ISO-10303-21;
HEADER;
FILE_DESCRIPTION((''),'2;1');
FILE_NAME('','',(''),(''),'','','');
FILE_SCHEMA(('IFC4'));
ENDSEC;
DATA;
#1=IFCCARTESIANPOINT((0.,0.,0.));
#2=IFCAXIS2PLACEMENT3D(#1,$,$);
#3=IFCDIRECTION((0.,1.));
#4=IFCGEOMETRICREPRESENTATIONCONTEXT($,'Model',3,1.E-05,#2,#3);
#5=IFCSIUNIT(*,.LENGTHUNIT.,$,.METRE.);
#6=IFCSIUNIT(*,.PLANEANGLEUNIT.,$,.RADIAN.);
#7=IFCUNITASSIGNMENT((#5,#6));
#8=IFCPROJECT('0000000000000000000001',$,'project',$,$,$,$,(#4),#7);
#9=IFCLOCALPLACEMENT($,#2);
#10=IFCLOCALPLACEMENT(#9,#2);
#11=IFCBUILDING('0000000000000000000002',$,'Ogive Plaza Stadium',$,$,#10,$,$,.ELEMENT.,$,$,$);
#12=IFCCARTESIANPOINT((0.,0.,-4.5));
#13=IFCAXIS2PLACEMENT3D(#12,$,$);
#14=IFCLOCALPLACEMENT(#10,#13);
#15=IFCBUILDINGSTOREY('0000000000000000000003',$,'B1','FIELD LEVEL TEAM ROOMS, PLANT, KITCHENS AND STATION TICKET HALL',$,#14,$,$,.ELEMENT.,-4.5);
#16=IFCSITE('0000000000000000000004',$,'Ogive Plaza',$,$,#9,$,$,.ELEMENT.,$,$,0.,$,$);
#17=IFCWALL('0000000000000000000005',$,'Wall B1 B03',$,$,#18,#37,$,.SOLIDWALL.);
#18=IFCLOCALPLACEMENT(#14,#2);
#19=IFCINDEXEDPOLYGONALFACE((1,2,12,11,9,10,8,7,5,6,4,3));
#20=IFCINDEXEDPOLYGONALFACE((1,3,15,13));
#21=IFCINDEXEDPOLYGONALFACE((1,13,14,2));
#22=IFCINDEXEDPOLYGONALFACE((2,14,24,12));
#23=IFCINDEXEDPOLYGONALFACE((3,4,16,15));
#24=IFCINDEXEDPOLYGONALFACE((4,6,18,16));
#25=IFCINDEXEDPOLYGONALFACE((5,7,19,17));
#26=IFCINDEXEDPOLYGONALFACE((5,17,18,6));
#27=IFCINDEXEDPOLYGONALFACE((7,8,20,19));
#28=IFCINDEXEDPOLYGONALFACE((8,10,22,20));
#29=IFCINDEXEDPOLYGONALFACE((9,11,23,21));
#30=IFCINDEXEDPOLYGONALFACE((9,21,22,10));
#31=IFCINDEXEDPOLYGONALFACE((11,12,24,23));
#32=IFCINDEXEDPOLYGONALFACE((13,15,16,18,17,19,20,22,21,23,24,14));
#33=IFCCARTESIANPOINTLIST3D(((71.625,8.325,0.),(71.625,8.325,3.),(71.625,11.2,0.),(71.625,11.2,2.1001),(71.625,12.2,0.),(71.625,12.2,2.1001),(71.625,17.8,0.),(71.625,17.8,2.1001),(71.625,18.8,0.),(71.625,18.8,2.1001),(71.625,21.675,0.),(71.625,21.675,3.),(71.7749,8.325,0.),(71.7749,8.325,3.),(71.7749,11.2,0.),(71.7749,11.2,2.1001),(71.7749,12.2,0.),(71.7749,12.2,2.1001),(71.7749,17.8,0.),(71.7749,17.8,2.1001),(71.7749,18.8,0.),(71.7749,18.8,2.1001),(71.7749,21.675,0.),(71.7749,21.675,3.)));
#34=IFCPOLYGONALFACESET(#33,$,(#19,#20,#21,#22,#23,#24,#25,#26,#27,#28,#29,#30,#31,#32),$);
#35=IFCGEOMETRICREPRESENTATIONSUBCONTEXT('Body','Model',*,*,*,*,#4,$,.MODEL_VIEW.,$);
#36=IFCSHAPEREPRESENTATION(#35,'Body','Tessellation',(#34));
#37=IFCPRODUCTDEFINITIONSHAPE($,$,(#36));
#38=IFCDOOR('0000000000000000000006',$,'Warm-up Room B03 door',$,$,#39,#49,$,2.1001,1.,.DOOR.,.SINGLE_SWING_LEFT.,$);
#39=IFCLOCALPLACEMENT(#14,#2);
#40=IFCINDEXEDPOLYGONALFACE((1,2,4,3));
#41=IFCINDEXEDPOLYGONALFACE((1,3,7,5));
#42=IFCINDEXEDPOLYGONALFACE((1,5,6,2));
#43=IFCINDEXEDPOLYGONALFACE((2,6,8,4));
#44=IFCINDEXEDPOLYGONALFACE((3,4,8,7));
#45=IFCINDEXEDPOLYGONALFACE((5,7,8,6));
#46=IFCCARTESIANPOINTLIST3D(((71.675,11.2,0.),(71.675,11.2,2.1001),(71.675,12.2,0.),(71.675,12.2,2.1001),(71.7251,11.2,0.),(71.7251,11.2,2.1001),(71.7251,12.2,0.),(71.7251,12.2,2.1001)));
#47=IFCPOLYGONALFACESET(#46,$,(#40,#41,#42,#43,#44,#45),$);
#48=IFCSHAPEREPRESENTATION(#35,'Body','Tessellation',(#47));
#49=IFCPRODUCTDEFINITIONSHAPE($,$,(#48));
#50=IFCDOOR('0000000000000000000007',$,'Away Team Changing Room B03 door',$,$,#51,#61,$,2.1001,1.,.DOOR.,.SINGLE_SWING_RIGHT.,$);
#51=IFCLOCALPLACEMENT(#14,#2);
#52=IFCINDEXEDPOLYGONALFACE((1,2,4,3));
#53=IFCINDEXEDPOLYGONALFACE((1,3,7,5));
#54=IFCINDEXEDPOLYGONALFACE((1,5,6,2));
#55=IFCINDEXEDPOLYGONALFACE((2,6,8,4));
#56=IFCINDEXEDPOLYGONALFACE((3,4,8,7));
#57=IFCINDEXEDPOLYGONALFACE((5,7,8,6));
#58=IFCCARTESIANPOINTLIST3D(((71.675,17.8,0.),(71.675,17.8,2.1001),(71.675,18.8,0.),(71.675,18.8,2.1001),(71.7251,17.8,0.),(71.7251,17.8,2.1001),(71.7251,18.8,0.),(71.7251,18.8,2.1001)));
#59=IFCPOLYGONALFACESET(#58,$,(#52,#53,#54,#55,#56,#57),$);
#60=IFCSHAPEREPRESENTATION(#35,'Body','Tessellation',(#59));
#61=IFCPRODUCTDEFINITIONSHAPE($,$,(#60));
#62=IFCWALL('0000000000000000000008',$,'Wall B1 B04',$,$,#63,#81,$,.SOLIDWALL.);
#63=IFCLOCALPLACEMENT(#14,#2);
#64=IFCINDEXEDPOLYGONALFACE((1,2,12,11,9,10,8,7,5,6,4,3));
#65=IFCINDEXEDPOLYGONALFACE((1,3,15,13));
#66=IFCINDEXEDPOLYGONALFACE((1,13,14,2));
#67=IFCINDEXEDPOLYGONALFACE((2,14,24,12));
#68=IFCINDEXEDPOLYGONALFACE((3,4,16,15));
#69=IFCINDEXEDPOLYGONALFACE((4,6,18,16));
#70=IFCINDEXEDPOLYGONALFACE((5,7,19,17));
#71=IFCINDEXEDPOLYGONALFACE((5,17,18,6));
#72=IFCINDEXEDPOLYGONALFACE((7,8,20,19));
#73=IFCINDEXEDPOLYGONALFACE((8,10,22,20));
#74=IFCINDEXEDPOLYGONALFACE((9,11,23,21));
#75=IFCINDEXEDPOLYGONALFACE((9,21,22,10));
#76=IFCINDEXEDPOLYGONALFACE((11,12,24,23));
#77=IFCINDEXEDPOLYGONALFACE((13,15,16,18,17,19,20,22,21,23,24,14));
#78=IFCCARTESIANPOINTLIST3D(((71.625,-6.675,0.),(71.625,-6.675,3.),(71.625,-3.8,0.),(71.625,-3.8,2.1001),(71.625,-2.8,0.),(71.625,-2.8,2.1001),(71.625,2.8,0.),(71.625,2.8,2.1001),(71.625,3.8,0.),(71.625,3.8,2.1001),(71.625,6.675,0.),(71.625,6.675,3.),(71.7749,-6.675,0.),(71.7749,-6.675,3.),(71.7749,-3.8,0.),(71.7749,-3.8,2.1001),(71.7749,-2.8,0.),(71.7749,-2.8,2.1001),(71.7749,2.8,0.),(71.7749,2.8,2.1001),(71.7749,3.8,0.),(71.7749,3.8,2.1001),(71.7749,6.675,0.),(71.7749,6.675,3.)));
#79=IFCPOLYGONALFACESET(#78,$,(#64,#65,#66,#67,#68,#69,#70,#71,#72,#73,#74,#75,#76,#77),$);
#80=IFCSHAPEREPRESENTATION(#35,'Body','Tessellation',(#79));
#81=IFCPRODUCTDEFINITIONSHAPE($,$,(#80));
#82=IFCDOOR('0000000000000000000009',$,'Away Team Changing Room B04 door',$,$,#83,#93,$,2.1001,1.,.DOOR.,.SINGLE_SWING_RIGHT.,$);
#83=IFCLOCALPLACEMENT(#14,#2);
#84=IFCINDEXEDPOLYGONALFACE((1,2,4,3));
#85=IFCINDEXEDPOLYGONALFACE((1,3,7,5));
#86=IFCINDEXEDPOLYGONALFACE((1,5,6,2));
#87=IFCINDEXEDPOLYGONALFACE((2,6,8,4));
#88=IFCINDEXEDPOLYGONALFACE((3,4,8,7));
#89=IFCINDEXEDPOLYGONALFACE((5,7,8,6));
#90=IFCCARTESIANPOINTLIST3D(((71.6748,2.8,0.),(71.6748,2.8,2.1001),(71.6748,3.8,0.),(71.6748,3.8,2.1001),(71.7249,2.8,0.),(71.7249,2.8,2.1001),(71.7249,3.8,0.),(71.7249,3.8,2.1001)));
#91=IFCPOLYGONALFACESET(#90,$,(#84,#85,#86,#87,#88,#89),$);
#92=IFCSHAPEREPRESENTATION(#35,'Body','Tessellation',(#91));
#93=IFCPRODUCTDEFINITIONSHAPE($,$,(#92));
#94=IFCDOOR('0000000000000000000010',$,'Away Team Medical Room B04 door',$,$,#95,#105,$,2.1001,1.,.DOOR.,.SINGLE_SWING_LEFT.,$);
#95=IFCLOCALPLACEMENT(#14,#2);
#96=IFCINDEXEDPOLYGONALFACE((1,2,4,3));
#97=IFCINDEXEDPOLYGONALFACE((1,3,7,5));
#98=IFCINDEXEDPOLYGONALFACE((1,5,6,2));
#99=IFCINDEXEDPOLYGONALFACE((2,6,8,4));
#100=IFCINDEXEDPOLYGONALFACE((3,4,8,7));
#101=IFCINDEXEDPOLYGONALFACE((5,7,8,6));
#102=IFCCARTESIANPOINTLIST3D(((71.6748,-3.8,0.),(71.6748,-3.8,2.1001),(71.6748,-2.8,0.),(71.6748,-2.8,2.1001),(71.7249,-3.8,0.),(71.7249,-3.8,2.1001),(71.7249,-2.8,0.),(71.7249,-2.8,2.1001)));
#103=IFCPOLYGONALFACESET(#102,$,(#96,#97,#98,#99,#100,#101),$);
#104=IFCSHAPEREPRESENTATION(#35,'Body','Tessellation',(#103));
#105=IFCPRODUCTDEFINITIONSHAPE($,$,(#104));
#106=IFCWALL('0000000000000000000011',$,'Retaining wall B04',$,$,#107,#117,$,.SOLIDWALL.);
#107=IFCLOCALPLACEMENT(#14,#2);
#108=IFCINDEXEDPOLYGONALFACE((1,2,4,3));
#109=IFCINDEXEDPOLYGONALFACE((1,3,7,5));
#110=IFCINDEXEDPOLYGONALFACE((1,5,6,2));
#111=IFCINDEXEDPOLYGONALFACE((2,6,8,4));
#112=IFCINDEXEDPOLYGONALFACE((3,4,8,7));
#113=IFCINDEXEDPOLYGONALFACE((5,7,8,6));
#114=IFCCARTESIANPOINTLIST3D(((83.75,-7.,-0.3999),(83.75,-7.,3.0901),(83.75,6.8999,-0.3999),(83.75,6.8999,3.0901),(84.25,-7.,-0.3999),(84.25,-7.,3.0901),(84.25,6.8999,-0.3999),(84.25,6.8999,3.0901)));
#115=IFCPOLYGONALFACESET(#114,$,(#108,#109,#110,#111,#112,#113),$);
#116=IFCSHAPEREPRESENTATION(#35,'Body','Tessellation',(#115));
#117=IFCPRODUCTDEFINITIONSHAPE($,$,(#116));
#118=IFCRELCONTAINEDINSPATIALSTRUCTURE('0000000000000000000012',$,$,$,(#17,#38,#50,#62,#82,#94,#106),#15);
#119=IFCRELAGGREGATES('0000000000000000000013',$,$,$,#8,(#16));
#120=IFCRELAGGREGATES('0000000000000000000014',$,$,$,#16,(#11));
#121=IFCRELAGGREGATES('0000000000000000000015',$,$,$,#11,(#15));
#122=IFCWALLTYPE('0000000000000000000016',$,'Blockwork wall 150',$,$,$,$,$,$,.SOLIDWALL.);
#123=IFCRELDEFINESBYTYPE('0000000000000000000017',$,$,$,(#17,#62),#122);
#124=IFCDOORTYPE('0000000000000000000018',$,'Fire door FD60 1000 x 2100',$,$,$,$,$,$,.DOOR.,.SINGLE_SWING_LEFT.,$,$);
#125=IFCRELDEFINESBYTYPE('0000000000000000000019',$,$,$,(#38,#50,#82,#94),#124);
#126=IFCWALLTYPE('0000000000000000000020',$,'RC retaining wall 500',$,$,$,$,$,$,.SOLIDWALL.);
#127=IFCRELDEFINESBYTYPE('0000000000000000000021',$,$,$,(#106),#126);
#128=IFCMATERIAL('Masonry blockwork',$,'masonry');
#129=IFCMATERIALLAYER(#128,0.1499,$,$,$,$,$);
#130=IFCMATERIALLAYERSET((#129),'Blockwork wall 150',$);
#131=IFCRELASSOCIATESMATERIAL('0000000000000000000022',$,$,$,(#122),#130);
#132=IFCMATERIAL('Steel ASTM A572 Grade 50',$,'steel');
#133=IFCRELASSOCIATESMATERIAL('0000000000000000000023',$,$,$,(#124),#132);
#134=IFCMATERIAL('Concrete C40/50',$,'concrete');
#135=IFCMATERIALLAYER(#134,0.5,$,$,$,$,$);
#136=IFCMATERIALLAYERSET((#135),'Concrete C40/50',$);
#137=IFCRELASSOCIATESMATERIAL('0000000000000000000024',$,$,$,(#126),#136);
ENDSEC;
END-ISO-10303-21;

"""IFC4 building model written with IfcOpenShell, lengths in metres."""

from ifc_helpers import new_model, si_unit, direction, frame, frame_2d, origin, place, context, subcontext, project, spatial, rectangle, extrude, material, layer, layer_set, type_object, element, fill, save


model = new_model("IFC4")

# Units and contexts
model_context = context("Model", 3, precision=1e-05, world=origin(), true_north=direction((0.0, 1.0)))
body_context = subcontext(model_context, "Body", "Model", "MODEL_VIEW")
ifc_project = project(units=[si_unit("LENGTHUNIT", "METRE"), si_unit("PLANEANGLEUNIT", "RADIAN")], contexts=[model_context])

# Site, building, storey
site_placement = place(None, origin())
site = spatial("IfcSite", under=ifc_project, at=site_placement, Name="Ogive Plaza", CompositionType="ELEMENT", RefElevation=0.0)
building_placement = place(site_placement, origin())
building = spatial("IfcBuilding", under=site, at=building_placement, Name="Ogive Plaza Stadium", CompositionType="ELEMENT")
storey_placement = place(building_placement, frame((0.0, 0.0, -4.5)))
storey = spatial("IfcBuildingStorey", under=building, at=storey_placement, Name="B1", Description="FIELD LEVEL TEAM ROOMS, PLANT, KITCHENS AND STATION TICKET HALL", CompositionType="ELEMENT", Elevation=-4.5)

# Walls, openings, doors
ifc_material_1 = material(Name="Masonry blockwork", Category="masonry")
ifc_layer_1 = layer(ifc_material_1, 0.1499)
ifc_layer_set_1 = layer_set([ifc_layer_1], Name="Blockwork wall 150")
wall_type_1 = type_object("IfcWallType", Name="Blockwork wall 150", PredefinedType="SOLIDWALL", material=ifc_layer_set_1)
wall_1_placement = place(storey_placement, frame((71.7, 8.325, 0.0), z_axis=(0.0, 0.0, 1.0), x_axis=(0.0, 1.0, 0.0)))
wall_1 = element("IfcWall", 1, at=wall_1_placement, inside=storey, type_object=wall_type_1, Name="Wall B1 B03", PredefinedType="SOLIDWALL", context=body_context, shape_type="SweptSolid", body=[
    extrude(rectangle(XDim=13.3501, YDim=0.1499, at=frame_2d((6.675, 0.0))), origin(), (0.0, 0.0, 1.0), 3.0),
])
opening_1_placement = place(wall_1_placement, frame((2.875, 0.0, 0.0)))
opening_1 = element("IfcOpeningElement", 2, at=opening_1_placement, cuts=wall_1, PredefinedType="OPENING", context=body_context, shape_type="SweptSolid", body=[
    extrude(rectangle(XDim=1.0, YDim=2.1001, at=frame_2d((0.5, 1.05))), frame((0.0, 0.075, 0.0), z_axis=(0.0, -1.0, 0.0), x_axis=(1.0, 0.0, 0.0)), (0.0, 0.0, 1.0), 0.1499),
])
opening_2_placement = place(wall_1_placement, frame((9.4751, 0.0, 0.0)))
opening_2 = element("IfcOpeningElement", 3, at=opening_2_placement, cuts=wall_1, PredefinedType="OPENING", context=body_context, shape_type="SweptSolid", body=[
    extrude(rectangle(XDim=1.0, YDim=2.1001, at=frame_2d((0.5, 1.05))), frame((0.0, 0.075, 0.0), z_axis=(0.0, -1.0, 0.0), x_axis=(1.0, 0.0, 0.0)), (0.0, 0.0, 1.0), 0.1499),
])
ifc_material_2 = material(Name="Steel ASTM A572 Grade 50", Category="steel")
door_type = type_object("IfcDoorType", Name="Fire door FD60 1000 x 2100", OperationType="SINGLE_SWING_LEFT", PredefinedType="DOOR", material=ifc_material_2)
door_1_placement = place(opening_1_placement, origin())
door_1 = element("IfcDoor", 4, at=door_1_placement, inside=storey, type_object=door_type, Name="Warm-up Room B03 door", OperationType="SINGLE_SWING_LEFT", OverallHeight=2.1001, OverallWidth=1.0, PredefinedType="DOOR", context=body_context, shape_type="SweptSolid", body=[
    extrude(rectangle(XDim=1.0, YDim=2.1001, at=frame_2d((0.5, 1.05))), frame((0.0, 0.0249, 0.0), z_axis=(0.0, -1.0, 0.0), x_axis=(1.0, 0.0, 0.0)), (0.0, 0.0, 1.0), 0.05),
])
fill(opening_1, door_1)
door_2_placement = place(opening_2_placement, origin())
door_2 = element("IfcDoor", 5, at=door_2_placement, inside=storey, type_object=door_type, Name="Away Team Changing Room B03 door", OperationType="SINGLE_SWING_RIGHT", OverallHeight=2.1001, OverallWidth=1.0, PredefinedType="DOOR", context=body_context, shape_type="SweptSolid", body=[
    extrude(rectangle(XDim=1.0, YDim=2.1001, at=frame_2d((0.5, 1.05))), frame((0.0, 0.0249, 0.0), z_axis=(0.0, -1.0, 0.0), x_axis=(1.0, 0.0, 0.0)), (0.0, 0.0, 1.0), 0.05),
])
fill(opening_2, door_2)
wall_2_placement = place(storey_placement, frame((71.7, 6.675, 0.0), z_axis=(0.0, 0.0, 1.0), x_axis=(0.0, -1.0, 0.0)))
wall_2 = element("IfcWall", 6, at=wall_2_placement, inside=storey, type_object=wall_type_1, Name="Wall B1 B04", PredefinedType="SOLIDWALL", context=body_context, shape_type="SweptSolid", body=[
    extrude(rectangle(XDim=13.3501, YDim=0.1499, at=frame_2d((6.675, 0.0))), origin(), (0.0, 0.0, 1.0), 3.0),
])
opening_3_placement = place(wall_2_placement, frame((2.875, 0.0, 0.0)))
opening_3 = element("IfcOpeningElement", 7, at=opening_3_placement, cuts=wall_2, PredefinedType="OPENING", context=body_context, shape_type="SweptSolid", body=[
    extrude(rectangle(XDim=1.0, YDim=2.1001, at=frame_2d((0.5, 1.05))), frame((0.0, 0.075, 0.0), z_axis=(0.0, -1.0, 0.0), x_axis=(1.0, 0.0, 0.0)), (0.0, 0.0, 1.0), 0.1499),
])
opening_4_placement = place(wall_2_placement, frame((9.4751, 0.0, 0.0)))
opening_4 = element("IfcOpeningElement", 8, at=opening_4_placement, cuts=wall_2, PredefinedType="OPENING", context=body_context, shape_type="SweptSolid", body=[
    extrude(rectangle(XDim=1.0, YDim=2.1001, at=frame_2d((0.5, 1.05))), frame((0.0, 0.075, 0.0), z_axis=(0.0, -1.0, 0.0), x_axis=(1.0, 0.0, 0.0)), (0.0, 0.0, 1.0), 0.1499),
])
door_3_placement = place(opening_3_placement, origin())
door_3 = element("IfcDoor", 9, at=door_3_placement, inside=storey, type_object=door_type, Name="Away Team Changing Room B04 door", OperationType="SINGLE_SWING_RIGHT", OverallHeight=2.1001, OverallWidth=1.0, PredefinedType="DOOR", context=body_context, shape_type="SweptSolid", body=[
    extrude(rectangle(XDim=1.0, YDim=2.1001, at=frame_2d((0.5, 1.05))), frame((0.0, 0.0249, 0.0), z_axis=(0.0, -1.0, 0.0), x_axis=(1.0, 0.0, 0.0)), (0.0, 0.0, 1.0), 0.05),
])
fill(opening_3, door_3)
door_4_placement = place(opening_4_placement, origin())
door_4 = element("IfcDoor", 10, at=door_4_placement, inside=storey, type_object=door_type, Name="Away Team Medical Room B04 door", OperationType="SINGLE_SWING_LEFT", OverallHeight=2.1001, OverallWidth=1.0, PredefinedType="DOOR", context=body_context, shape_type="SweptSolid", body=[
    extrude(rectangle(XDim=1.0, YDim=2.1001, at=frame_2d((0.5, 1.05))), frame((0.0, 0.0249, 0.0), z_axis=(0.0, -1.0, 0.0), x_axis=(1.0, 0.0, 0.0)), (0.0, 0.0, 1.0), 0.05),
])
fill(opening_4, door_4)

# Wall
ifc_material_3 = material(Name="Concrete C40/50", Category="concrete")
ifc_layer_2 = layer(ifc_material_3, 0.5)
ifc_layer_set_2 = layer_set([ifc_layer_2], Name="Concrete C40/50")
wall_type_2 = type_object("IfcWallType", Name="RC retaining wall 500", PredefinedType="SOLIDWALL", material=ifc_layer_set_2)
wall_3_placement = place(storey_placement, frame((84.0, 6.8999, -0.3999), z_axis=(0.0, 0.0, 1.0), x_axis=(0.0, -1.0, 0.0)))
element("IfcWall", 11, at=wall_3_placement, inside=storey, type_object=wall_type_2, Name="Retaining wall B04", PredefinedType="SOLIDWALL", context=body_context, shape_type="SweptSolid", body=[
    extrude(rectangle(XDim=13.8999, YDim=0.5, at=frame_2d((6.95, 0.0))), origin(), (0.0, 0.0, 1.0), 3.49),
])

save(model, "model.ifc")
